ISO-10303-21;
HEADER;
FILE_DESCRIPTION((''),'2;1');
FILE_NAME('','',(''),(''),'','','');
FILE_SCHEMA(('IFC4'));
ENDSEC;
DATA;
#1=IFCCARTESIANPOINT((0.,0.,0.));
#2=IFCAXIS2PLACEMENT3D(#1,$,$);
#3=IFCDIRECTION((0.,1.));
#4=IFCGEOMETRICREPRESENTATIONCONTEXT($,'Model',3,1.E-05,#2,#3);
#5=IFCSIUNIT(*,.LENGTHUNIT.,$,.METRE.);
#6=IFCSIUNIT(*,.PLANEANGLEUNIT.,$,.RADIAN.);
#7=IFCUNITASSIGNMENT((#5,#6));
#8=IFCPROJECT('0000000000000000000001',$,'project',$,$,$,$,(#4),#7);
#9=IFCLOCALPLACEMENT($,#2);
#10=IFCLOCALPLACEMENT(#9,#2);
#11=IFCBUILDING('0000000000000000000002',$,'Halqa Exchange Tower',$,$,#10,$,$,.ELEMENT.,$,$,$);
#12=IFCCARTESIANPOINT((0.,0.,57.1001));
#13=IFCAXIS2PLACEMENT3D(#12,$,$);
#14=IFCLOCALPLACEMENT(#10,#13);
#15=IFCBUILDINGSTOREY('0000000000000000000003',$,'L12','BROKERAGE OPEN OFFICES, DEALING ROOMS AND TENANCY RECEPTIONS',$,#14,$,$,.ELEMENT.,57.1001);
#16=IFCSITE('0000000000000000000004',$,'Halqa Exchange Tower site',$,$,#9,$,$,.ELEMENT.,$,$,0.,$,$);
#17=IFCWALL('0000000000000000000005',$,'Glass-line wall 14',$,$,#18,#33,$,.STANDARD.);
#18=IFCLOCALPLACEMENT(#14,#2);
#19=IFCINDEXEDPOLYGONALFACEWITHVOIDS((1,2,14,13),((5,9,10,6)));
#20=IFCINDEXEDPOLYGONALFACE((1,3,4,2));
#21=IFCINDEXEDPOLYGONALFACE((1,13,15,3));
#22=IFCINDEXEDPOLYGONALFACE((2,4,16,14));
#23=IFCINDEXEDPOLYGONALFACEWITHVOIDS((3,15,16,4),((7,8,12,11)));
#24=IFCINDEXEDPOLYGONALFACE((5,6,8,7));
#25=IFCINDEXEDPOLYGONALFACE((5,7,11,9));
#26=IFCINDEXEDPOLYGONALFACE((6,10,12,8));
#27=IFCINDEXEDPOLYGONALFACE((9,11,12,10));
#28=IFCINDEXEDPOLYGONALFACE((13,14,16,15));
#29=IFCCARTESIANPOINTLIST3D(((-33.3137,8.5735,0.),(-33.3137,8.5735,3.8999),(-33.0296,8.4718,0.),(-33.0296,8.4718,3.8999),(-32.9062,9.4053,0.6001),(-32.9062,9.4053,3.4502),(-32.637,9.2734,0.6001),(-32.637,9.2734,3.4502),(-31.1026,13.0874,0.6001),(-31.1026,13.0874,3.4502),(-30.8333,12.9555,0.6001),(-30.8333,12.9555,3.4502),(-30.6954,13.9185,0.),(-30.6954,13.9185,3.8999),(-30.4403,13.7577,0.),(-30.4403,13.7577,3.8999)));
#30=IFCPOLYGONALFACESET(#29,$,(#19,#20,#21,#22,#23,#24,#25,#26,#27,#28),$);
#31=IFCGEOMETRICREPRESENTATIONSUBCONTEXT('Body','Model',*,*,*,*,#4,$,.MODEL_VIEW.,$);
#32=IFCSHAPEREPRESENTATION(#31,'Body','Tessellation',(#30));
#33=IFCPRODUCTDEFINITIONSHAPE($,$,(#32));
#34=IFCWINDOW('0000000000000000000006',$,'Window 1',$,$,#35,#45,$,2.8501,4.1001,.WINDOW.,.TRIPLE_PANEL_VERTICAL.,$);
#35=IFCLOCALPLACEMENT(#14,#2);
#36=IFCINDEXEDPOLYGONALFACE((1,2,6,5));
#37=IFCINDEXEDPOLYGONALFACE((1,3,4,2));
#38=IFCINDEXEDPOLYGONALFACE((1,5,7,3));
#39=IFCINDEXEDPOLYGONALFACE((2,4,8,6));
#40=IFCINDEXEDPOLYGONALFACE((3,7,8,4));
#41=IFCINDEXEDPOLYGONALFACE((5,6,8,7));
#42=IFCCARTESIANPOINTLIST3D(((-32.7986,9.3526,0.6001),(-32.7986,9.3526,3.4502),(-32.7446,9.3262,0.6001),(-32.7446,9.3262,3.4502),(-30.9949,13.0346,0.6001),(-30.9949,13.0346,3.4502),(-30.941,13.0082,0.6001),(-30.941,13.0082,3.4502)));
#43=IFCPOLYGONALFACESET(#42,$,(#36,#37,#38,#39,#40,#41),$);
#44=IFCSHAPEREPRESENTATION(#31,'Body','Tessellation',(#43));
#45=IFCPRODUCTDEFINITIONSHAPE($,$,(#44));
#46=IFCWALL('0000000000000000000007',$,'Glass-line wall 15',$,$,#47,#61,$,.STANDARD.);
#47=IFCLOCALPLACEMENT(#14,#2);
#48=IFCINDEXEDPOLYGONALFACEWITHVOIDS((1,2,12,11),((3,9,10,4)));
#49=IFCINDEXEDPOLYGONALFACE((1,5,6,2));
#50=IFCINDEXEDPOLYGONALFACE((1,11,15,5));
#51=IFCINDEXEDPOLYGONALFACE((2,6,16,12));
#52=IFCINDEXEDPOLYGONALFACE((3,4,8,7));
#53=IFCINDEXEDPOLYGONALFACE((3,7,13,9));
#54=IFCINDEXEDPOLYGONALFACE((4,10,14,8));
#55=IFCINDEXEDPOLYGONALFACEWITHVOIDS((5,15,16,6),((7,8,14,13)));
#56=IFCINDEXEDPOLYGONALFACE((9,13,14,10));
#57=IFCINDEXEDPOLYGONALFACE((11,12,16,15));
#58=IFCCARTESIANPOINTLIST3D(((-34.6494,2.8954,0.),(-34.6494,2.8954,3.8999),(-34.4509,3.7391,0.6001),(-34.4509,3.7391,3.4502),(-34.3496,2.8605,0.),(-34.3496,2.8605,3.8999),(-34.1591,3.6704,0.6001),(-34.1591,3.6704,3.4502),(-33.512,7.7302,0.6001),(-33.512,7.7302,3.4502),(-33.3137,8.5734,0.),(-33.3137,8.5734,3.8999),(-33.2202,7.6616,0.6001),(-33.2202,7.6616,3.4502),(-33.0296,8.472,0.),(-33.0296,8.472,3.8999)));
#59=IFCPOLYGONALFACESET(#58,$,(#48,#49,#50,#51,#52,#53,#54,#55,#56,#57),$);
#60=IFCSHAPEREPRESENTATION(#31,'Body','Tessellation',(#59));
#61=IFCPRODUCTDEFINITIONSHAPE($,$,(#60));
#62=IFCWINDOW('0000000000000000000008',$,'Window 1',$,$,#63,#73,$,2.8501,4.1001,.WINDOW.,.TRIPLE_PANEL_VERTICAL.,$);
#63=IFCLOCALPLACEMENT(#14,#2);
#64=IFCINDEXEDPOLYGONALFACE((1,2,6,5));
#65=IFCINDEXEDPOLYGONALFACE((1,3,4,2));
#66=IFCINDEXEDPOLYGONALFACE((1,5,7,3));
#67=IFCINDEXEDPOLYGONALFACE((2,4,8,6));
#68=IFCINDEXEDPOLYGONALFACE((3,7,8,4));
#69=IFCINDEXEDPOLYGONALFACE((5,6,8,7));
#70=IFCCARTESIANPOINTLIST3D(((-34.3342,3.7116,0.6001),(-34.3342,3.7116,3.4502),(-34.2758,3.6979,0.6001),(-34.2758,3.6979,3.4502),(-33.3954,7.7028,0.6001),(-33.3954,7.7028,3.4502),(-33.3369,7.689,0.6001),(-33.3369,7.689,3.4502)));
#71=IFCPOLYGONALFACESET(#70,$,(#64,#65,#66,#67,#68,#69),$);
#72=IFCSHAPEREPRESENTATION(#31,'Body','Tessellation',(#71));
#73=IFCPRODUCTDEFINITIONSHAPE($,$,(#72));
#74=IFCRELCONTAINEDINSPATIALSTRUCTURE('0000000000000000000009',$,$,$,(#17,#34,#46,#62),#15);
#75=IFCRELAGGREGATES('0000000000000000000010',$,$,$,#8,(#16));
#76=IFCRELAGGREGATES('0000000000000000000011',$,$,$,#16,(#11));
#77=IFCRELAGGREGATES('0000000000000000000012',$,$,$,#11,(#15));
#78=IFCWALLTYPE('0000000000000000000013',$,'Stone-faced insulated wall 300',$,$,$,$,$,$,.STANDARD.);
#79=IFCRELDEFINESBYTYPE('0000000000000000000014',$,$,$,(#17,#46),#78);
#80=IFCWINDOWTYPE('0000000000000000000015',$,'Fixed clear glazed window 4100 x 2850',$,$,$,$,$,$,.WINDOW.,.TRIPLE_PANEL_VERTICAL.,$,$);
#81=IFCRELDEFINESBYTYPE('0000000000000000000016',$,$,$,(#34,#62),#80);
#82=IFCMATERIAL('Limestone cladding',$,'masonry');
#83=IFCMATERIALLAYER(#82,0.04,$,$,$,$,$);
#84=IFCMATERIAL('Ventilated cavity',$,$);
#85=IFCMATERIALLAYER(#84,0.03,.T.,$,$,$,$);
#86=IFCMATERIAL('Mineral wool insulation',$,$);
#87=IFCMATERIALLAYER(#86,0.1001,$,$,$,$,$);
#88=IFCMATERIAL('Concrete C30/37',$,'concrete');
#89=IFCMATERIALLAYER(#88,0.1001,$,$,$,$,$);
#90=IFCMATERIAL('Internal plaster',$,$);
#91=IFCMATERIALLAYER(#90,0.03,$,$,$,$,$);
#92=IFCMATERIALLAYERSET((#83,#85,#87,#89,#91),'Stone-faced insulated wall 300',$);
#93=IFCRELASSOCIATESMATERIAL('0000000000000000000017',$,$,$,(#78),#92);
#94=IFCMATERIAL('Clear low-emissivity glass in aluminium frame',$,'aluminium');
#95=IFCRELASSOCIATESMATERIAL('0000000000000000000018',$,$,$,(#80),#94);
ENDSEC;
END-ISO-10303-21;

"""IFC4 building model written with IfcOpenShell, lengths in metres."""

from ifc_helpers import new_model, si_unit, direction, frame, frame_2d, origin, place, context, subcontext, project, spatial, polyline, rectangle, outline, extrude, material, layer, layer_set, type_object, element, fill, save


model = new_model("IFC4")

# Units and contexts
model_context = context("Model", 3, precision=1e-05, world=origin(), true_north=direction((0.0, 1.0)))
body_context = subcontext(model_context, "Body", "Model", "MODEL_VIEW")
ifc_project = project(units=[si_unit("LENGTHUNIT", "METRE"), si_unit("PLANEANGLEUNIT", "RADIAN")], contexts=[model_context])

# Site, building, storey
site_placement = place(None, origin())
site = spatial("IfcSite", under=ifc_project, at=site_placement, Name="Halqa Exchange Tower site", CompositionType="ELEMENT", RefElevation=0.0)
building_placement = place(site_placement, origin())
building = spatial("IfcBuilding", under=site, at=building_placement, Name="Halqa Exchange Tower", CompositionType="ELEMENT")
storey_placement = place(building_placement, frame((0.0, 0.0, 57.1001)))
storey = spatial("IfcBuildingStorey", under=building, at=storey_placement, Name="L12", Description="BROKERAGE OPEN OFFICES, DEALING ROOMS AND TENANCY RECEPTIONS", CompositionType="ELEMENT", Elevation=57.1001)

# Walls, openings, windows
ifc_material_1 = material(Name="Limestone cladding", Category="masonry")
ifc_layer_1 = layer(ifc_material_1, 0.04)
ifc_material_2 = material(Name="Ventilated cavity")
ifc_layer_2 = layer(ifc_material_2, 0.03, ventilated=True)
ifc_material_3 = material(Name="Mineral wool insulation")
ifc_layer_3 = layer(ifc_material_3, 0.1001)
ifc_material_4 = material(Name="Concrete C30/37", Category="concrete")
ifc_layer_4 = layer(ifc_material_4, 0.1001)
ifc_material_5 = material(Name="Internal plaster")
ifc_layer_5 = layer(ifc_material_5, 0.03)
ifc_layer_set_1 = layer_set([ifc_layer_1, ifc_layer_2, ifc_layer_3, ifc_layer_4, ifc_layer_5], Name="Stone-faced insulated wall 300")
wall_type_1 = type_object("IfcWallType", Name="Stone-faced insulated wall 300", PredefinedType="STANDARD", material=ifc_layer_set_1)
wall_1_placement = place(storey_placement, frame((-30.5679, 13.8381, 0.0), z_axis=(0.0, 0.0, 1.0), x_axis=(-0.439906, -0.898044, 0.0)))
wall_1 = element("IfcWall", 1, at=wall_1_placement, inside=storey, type_object=wall_type_1, Name="Glass-line wall 14", PredefinedType="STANDARD", context=body_context, shape_type="SweptSolid", body=[
    extrude(outline(polyline([(-0.0161, -0.1499), (5.9358, -0.1499), (5.9021, 0.1499), (0.0161, 0.1499), (-0.0161, -0.1499)])), origin(), (0.0, 0.0, 1.0), 3.8999),
])
opening_1_placement = place(wall_1_placement, frame((0.9094, 0.0, 0.6001)))
opening_1 = element("IfcOpeningElement", 2, at=opening_1_placement, cuts=wall_1, PredefinedType="OPENING", context=body_context, shape_type="SweptSolid", body=[
    extrude(rectangle(XDim=4.1001, YDim=2.8501, at=frame_2d((2.05, 1.425))), frame((0.0, 0.1621, 0.0), z_axis=(0.0, -1.0, 0.0), x_axis=(1.0, 0.0, 0.0)), (0.0, 0.0, 1.0), 0.324),
])
ifc_material_6 = material(Name="Clear low-emissivity glass in aluminium frame", Category="aluminium")
window_type = type_object("IfcWindowType", Name="Fixed clear glazed window 4100 x 2850", PartitioningType="TRIPLE_PANEL_VERTICAL", PredefinedType="WINDOW", material=ifc_material_6)
window_1_placement = place(opening_1_placement, origin())
window_1 = element("IfcWindow", 3, at=window_1_placement, inside=storey, type_object=window_type, Name="Window 1", OverallHeight=2.8501, OverallWidth=4.1001, PartitioningType="TRIPLE_PANEL_VERTICAL", PredefinedType="WINDOW", context=body_context, shape_type="SweptSolid", body=[
    extrude(rectangle(XDim=4.1001, YDim=2.8501, at=frame_2d((2.05, 1.425))), frame((0.0, 0.03, 0.0), z_axis=(0.0, -1.0, 0.0), x_axis=(1.0, 0.0, 0.0)), (0.0, 0.0, 1.0), 0.0601),
])
fill(opening_1, window_1)
wall_2_placement = place(storey_placement, frame((-33.1716, 8.5227, 0.0), z_axis=(0.0, 0.0, 1.0), x_axis=(-0.22899, -0.973429, 0.0)))
wall_2 = element("IfcWall", 4, at=wall_2_placement, inside=storey, type_object=wall_type_1, Name="Glass-line wall 15", PredefinedType="STANDARD", context=body_context, shape_type="SweptSolid", body=[
    extrude(outline(polyline([(-0.0168, -0.1499), (5.8162, -0.1499), (5.7815, 0.1499), (0.0168, 0.1499), (-0.0168, -0.1499)])), origin(), (0.0, 0.0, 1.0), 3.8999),
])
opening_2_placement = place(wall_2_placement, frame((0.8494, 0.0, 0.6001)))
opening_2 = element("IfcOpeningElement", 5, at=opening_2_placement, cuts=wall_2, PredefinedType="OPENING", context=body_context, shape_type="SweptSolid", body=[
    extrude(rectangle(XDim=4.1001, YDim=2.8501, at=frame_2d((2.05, 1.425))), frame((0.0, 0.1621, 0.0), z_axis=(0.0, -1.0, 0.0), x_axis=(1.0, 0.0, 0.0)), (0.0, 0.0, 1.0), 0.324),
])
window_2_placement = place(opening_2_placement, origin())
window_2 = element("IfcWindow", 6, at=window_2_placement, inside=storey, type_object=window_type, Name="Window 1", OverallHeight=2.8501, OverallWidth=4.1001, PartitioningType="TRIPLE_PANEL_VERTICAL", PredefinedType="WINDOW", context=body_context, shape_type="SweptSolid", body=[
    extrude(rectangle(XDim=4.1001, YDim=2.8501, at=frame_2d((2.05, 1.425))), frame((0.0, 0.03, 0.0), z_axis=(0.0, -1.0, 0.0), x_axis=(1.0, 0.0, 0.0)), (0.0, 0.0, 1.0), 0.0601),
])
fill(opening_2, window_2)

save(model, "model.ifc")
